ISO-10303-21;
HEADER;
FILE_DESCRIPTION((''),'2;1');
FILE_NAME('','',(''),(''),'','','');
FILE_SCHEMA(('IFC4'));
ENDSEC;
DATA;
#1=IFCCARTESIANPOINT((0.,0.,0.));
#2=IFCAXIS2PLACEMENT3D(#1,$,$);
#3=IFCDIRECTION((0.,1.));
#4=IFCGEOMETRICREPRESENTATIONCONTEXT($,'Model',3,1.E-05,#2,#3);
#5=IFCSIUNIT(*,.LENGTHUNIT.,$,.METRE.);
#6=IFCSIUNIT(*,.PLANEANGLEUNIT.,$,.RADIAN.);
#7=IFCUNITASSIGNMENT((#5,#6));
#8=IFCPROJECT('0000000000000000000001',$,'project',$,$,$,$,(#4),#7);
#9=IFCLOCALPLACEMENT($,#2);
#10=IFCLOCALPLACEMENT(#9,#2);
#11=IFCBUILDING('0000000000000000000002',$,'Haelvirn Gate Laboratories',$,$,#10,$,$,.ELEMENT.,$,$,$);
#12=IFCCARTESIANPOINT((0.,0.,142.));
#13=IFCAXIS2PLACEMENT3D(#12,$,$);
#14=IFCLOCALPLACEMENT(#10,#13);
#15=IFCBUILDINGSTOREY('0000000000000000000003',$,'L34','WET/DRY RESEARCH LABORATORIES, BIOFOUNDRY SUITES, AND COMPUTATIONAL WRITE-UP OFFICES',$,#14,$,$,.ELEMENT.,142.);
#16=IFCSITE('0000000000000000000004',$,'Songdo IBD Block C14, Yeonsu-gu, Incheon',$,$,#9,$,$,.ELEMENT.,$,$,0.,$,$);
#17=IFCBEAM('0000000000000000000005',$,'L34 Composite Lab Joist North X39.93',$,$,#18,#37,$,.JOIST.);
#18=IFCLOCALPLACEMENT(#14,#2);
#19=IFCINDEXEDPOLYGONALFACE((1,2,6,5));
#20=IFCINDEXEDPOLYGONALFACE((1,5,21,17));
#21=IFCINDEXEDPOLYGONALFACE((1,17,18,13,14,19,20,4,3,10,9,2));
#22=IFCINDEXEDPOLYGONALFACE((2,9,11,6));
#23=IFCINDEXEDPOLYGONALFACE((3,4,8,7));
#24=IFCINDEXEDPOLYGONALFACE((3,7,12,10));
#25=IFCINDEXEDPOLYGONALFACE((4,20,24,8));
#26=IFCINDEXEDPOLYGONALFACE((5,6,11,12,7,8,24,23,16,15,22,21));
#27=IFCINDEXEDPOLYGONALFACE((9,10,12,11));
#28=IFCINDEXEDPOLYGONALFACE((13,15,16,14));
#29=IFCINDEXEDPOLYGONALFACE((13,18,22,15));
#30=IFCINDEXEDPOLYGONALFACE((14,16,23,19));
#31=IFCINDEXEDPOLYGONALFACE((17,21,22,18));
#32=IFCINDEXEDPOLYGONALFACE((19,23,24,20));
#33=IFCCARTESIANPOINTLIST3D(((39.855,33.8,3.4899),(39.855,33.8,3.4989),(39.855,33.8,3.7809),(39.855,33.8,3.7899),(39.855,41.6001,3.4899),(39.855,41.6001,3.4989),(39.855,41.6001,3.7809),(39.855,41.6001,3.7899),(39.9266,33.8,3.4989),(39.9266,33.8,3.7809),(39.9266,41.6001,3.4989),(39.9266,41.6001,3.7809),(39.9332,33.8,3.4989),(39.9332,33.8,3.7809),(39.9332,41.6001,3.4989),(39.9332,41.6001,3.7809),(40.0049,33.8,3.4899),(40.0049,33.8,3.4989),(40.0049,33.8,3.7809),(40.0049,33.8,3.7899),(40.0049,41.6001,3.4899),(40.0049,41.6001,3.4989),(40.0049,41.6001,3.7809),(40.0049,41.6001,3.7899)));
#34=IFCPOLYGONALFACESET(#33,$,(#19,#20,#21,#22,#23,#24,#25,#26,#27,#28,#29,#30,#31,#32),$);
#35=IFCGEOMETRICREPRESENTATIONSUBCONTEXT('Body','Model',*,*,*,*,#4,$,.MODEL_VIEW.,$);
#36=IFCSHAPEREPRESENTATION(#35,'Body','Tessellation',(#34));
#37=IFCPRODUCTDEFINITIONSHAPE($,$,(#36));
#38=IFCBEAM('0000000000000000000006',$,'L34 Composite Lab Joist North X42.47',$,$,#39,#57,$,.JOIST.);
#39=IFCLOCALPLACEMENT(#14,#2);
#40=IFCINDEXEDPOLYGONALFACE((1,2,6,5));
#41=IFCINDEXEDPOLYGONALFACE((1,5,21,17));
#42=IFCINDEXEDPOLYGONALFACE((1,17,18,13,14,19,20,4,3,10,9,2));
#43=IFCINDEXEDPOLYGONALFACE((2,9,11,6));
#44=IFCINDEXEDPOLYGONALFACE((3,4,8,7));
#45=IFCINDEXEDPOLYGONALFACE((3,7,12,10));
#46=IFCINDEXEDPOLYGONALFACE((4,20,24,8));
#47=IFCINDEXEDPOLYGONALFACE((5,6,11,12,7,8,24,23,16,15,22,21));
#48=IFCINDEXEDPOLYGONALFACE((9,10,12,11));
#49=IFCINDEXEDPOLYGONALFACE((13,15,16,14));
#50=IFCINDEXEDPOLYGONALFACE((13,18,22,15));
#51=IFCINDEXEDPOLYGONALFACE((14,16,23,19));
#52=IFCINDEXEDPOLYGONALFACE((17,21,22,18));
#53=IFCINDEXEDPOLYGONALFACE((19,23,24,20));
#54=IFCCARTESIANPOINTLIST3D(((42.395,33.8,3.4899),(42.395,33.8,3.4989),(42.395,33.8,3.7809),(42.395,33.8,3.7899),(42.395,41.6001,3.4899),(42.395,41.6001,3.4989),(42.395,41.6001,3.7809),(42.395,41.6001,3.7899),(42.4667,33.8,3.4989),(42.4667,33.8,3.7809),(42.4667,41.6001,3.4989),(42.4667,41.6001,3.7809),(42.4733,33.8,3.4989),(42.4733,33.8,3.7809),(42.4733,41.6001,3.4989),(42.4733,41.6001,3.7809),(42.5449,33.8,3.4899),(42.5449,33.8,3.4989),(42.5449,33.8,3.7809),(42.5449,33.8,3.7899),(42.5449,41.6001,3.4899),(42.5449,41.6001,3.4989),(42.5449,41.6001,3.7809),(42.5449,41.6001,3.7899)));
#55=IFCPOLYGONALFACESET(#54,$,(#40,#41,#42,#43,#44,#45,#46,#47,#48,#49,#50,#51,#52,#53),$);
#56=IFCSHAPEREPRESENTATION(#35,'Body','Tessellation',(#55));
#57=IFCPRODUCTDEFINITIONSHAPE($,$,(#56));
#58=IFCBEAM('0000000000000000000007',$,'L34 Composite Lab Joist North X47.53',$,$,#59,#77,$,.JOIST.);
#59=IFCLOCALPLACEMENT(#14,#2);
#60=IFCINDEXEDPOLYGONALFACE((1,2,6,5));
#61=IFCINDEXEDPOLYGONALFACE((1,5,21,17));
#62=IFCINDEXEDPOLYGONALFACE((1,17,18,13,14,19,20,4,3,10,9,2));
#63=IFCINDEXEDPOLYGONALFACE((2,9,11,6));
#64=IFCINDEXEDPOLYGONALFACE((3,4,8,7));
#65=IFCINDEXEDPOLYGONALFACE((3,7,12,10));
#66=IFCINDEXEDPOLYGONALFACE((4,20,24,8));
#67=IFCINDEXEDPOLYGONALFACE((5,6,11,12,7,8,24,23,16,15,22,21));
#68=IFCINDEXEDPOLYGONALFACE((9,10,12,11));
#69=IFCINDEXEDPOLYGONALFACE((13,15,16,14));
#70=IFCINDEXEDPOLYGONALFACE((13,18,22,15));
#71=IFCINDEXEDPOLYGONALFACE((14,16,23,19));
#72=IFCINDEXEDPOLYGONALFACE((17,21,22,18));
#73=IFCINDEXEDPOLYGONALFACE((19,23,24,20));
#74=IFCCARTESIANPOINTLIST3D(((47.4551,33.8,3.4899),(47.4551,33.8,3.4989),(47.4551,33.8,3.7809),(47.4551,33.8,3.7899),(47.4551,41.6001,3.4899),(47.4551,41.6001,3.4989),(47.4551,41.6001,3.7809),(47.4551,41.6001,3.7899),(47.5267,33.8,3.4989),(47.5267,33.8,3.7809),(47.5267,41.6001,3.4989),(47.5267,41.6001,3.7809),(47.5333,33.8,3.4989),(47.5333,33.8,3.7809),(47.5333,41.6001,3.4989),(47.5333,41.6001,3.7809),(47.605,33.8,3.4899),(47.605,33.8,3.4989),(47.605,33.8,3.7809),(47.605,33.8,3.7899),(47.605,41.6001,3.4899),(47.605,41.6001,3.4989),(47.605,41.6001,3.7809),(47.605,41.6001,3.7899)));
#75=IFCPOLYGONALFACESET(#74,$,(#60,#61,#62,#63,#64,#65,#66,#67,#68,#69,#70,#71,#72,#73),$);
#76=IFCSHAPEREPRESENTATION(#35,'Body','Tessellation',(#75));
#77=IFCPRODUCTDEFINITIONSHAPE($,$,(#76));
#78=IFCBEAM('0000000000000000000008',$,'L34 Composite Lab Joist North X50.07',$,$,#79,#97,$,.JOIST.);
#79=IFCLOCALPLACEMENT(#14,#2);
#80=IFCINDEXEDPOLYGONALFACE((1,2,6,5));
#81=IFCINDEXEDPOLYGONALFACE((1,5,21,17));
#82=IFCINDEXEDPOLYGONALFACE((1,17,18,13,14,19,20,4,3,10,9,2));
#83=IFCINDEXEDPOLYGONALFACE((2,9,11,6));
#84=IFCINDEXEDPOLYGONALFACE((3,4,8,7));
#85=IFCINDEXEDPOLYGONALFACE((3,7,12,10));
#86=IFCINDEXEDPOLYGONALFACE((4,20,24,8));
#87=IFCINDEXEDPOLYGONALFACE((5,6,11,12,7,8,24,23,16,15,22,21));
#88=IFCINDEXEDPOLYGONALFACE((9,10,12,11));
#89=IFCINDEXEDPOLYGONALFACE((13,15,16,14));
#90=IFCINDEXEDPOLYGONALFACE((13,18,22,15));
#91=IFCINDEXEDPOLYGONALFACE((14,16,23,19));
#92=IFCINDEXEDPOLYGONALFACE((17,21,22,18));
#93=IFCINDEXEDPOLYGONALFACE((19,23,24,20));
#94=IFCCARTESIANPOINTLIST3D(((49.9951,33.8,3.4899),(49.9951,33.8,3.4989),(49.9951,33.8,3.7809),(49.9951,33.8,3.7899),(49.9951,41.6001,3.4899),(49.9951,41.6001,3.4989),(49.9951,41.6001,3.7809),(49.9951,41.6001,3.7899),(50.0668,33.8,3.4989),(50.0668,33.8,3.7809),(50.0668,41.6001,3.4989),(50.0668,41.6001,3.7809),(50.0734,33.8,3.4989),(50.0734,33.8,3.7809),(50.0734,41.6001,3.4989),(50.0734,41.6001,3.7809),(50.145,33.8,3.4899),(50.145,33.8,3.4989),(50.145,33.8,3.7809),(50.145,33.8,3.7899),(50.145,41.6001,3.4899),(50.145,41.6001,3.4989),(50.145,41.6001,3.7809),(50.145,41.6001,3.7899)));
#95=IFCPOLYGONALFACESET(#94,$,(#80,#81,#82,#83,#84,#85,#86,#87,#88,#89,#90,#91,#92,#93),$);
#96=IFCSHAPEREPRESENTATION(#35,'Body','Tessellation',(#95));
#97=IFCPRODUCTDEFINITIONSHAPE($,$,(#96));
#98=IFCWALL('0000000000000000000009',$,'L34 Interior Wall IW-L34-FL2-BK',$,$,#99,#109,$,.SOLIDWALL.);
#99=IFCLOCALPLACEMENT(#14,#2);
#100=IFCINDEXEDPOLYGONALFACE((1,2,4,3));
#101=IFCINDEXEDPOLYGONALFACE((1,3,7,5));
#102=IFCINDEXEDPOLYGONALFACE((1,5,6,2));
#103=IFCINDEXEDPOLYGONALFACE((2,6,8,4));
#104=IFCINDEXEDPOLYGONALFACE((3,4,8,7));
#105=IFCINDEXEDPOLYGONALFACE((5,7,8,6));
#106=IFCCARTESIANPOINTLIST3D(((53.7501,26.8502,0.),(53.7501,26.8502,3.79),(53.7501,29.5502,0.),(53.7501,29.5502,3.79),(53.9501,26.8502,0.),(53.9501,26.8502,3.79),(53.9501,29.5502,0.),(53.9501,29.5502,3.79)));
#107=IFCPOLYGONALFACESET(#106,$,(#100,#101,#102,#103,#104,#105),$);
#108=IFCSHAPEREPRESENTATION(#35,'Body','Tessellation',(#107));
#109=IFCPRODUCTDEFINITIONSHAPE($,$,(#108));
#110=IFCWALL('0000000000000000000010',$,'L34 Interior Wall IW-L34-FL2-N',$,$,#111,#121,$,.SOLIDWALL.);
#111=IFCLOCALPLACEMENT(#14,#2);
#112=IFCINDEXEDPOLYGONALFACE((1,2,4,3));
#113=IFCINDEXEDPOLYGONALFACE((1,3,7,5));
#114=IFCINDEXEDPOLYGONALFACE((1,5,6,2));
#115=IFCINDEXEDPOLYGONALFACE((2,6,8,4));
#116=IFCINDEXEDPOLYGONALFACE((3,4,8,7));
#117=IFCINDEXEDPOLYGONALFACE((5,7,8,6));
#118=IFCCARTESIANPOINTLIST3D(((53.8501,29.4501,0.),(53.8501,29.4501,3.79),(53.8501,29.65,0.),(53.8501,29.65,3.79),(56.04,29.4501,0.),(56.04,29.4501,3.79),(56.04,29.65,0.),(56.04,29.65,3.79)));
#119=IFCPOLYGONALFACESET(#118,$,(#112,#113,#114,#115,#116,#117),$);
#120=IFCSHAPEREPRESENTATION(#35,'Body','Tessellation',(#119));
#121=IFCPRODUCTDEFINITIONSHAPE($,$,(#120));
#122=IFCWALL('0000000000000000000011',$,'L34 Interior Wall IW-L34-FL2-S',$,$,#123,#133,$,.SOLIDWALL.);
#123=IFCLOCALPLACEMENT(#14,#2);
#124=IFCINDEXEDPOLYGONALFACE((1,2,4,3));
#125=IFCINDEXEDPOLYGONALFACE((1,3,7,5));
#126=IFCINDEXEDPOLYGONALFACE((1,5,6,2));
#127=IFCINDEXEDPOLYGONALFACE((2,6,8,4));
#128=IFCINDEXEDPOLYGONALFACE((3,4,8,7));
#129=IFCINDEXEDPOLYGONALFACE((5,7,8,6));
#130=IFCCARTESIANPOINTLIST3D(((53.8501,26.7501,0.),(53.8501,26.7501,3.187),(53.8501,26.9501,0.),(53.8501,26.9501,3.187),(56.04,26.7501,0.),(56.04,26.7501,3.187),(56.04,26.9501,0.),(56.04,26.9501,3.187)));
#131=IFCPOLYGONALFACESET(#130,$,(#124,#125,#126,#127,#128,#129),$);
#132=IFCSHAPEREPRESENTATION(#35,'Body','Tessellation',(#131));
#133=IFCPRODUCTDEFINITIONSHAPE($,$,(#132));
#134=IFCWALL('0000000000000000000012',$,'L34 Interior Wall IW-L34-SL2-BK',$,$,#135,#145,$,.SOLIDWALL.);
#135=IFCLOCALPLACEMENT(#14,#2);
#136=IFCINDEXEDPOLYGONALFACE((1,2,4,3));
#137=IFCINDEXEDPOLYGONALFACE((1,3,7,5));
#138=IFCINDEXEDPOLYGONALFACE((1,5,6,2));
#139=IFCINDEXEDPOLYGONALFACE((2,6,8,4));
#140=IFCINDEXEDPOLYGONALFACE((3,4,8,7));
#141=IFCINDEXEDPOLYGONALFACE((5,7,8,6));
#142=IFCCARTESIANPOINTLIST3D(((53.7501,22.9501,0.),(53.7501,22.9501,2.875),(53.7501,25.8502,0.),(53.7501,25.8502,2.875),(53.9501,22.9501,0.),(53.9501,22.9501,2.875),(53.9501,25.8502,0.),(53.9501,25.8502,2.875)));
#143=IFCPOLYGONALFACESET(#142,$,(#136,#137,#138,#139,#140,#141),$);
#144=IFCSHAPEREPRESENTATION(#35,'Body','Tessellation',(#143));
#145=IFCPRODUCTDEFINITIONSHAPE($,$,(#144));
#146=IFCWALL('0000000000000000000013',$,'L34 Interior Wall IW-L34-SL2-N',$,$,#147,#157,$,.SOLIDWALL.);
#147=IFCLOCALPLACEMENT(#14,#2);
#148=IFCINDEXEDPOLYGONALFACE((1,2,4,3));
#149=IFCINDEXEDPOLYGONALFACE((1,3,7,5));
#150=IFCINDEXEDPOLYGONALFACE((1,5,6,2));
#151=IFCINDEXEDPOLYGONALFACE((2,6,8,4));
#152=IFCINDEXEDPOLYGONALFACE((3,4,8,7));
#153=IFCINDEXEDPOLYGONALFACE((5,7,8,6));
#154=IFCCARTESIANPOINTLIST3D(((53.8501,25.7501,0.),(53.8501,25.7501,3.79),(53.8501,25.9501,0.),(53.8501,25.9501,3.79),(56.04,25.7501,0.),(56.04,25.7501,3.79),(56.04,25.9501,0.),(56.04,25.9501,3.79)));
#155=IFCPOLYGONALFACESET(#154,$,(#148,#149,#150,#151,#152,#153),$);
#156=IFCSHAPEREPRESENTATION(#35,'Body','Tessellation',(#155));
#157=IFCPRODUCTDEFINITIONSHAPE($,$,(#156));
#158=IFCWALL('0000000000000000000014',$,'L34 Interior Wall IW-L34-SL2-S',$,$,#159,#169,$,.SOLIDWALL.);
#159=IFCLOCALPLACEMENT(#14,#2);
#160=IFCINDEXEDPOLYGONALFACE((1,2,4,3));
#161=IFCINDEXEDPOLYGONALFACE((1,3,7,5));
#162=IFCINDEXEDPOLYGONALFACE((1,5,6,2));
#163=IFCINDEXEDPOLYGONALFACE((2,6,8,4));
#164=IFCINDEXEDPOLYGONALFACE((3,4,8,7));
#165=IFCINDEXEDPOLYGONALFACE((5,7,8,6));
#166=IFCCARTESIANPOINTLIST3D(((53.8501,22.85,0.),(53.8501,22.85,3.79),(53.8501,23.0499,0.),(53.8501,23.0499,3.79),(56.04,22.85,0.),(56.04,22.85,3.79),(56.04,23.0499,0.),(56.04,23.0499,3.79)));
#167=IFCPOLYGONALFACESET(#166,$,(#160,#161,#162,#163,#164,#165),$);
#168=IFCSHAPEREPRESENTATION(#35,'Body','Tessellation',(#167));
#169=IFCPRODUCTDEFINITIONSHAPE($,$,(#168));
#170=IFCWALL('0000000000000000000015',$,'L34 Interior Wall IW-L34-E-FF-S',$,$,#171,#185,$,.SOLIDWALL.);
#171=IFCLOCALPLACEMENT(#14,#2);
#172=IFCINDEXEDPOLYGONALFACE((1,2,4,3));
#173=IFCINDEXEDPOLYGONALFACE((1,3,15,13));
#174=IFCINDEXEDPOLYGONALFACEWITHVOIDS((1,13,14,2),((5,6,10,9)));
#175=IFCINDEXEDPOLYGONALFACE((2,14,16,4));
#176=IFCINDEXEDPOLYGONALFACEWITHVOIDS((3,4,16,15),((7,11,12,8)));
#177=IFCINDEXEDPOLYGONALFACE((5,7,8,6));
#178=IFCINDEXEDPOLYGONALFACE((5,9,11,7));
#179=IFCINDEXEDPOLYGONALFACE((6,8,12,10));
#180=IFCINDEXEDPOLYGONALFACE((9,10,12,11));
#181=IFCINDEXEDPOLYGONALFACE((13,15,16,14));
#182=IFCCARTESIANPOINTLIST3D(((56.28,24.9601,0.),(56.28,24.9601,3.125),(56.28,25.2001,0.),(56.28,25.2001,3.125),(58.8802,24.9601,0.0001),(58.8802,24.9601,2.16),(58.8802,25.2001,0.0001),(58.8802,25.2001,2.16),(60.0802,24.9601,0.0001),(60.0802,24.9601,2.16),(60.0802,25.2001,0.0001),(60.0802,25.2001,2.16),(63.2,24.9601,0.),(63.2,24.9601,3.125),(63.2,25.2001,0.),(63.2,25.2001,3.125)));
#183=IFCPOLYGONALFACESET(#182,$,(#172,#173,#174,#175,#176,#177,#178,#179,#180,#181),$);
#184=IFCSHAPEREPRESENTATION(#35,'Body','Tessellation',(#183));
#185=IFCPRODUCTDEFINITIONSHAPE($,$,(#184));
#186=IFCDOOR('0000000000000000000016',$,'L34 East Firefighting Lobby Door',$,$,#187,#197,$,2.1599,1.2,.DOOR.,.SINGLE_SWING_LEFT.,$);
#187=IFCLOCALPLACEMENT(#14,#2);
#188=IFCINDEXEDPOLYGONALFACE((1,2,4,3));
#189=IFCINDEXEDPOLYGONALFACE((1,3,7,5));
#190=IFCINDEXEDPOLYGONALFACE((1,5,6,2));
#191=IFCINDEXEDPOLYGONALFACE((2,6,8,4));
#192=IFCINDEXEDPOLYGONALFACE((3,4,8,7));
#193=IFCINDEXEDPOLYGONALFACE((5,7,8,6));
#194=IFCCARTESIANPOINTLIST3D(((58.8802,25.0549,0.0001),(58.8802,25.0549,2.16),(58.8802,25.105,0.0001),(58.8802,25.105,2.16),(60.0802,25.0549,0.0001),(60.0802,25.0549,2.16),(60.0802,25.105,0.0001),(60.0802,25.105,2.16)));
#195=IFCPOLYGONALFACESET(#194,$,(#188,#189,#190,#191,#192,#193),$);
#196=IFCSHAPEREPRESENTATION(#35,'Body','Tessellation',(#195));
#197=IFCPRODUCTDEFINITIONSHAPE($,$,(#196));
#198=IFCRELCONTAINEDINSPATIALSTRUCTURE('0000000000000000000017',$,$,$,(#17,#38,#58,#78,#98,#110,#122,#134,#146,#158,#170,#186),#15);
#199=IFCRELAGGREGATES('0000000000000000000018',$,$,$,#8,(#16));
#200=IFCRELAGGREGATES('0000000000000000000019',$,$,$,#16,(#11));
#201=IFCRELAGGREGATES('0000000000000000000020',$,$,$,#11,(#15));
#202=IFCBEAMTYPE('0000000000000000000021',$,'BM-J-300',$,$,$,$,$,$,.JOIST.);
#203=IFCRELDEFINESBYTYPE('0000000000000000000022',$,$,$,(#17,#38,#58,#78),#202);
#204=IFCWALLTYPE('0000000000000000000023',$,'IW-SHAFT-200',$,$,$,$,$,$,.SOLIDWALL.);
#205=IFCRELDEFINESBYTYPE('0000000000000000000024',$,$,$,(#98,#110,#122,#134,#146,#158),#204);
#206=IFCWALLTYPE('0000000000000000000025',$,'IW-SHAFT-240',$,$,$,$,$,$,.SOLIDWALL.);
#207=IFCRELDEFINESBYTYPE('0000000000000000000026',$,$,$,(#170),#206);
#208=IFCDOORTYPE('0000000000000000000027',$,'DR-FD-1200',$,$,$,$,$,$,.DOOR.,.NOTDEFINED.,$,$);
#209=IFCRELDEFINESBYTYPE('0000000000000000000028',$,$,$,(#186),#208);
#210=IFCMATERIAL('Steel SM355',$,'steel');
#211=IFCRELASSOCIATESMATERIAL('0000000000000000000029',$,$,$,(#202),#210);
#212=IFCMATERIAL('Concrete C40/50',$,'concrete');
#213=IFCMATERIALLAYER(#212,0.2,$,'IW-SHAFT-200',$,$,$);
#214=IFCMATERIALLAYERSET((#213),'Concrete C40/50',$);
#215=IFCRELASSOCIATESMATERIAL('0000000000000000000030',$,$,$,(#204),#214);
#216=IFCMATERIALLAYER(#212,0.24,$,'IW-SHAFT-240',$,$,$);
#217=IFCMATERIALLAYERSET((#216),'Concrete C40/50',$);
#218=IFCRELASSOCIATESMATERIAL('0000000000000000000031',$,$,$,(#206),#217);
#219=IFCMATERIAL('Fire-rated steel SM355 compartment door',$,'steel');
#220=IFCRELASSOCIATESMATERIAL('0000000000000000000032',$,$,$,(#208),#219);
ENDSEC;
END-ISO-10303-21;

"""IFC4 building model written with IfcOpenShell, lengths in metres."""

from ifc_helpers import new_model, si_unit, direction, frame, frame_2d, origin, origin_2d, place, context, subcontext, project, spatial, rectangle, i_section, extrude, source, transform, mapped, material, layer, layer_set, material_profile, profile_set, type_object, type_shapes, element, fill, save


model = new_model("IFC4")

# Units and contexts
model_context = context("Model", 3, precision=1e-05, world=origin(), true_north=direction((0.0, 1.0)))
body_context = subcontext(model_context, "Body", "Model", "MODEL_VIEW")
ifc_project = project(units=[si_unit("LENGTHUNIT", "METRE"), si_unit("PLANEANGLEUNIT", "RADIAN")], contexts=[model_context])

# Site, building, storey
site_placement = place(None, origin())
site = spatial("IfcSite", under=ifc_project, at=site_placement, Name="Songdo IBD Block C14, Yeonsu-gu, Incheon", CompositionType="ELEMENT", RefElevation=0.0)
building_placement = place(site_placement, origin())
building = spatial("IfcBuilding", under=site, at=building_placement, Name="Haelvirn Gate Laboratories", CompositionType="ELEMENT")
storey_placement = place(building_placement, frame((0.0, 0.0, 142.0)))
storey = spatial("IfcBuildingStorey", under=building, at=storey_placement, Name="L34", Description="WET/DRY RESEARCH LABORATORIES, BIOFOUNDRY SUITES, AND COMPUTATIONAL WRITE-UP OFFICES", CompositionType="ELEMENT", Elevation=142.0)

# Shared definitions
ifc_material_1 = material(Name="Steel SM355", Category="steel")

# Beams
ifc_material_profile_1 = material_profile(ifc_material_1, i_section(OverallWidth=0.1499, OverallDepth=0.3, WebThickness=0.0066, FlangeThickness=0.009, at=origin_2d()), Name="H-300x150x6.5x9")
ifc_profile_set_1 = profile_set([ifc_material_profile_1], Name="Steel SM355")
beam_type_1 = type_object("IfcBeamType", Name="BM-J-300", PredefinedType="JOIST", material=ifc_profile_set_1)
shared_shape_1 = source(origin(), body_context, "Body", "SweptSolid", [
    extrude(i_section(OverallWidth=0.1499, OverallDepth=0.3, WebThickness=0.0066, FlangeThickness=0.009, at=origin_2d()), origin(), (0.0, 0.0, 1.0), 7.8),
])
type_shapes(beam_type_1, [shared_shape_1])
for number, where, z_axis, x_axis, name in (
    (1, (39.9299, 33.8, 3.6399), (0.0, 1.0, 0.0), (-1.0, 0.0, 0.0), "L34 Composite Lab Joist North X39.93"),
    (2, (42.47, 33.8, 3.6399), (0.0, 1.0, 0.0), (-1.0, 0.0, 0.0), "L34 Composite Lab Joist North X42.47"),
    (3, (47.53, 33.8, 3.6399), (0.0, 1.0, 0.0), (-1.0, 0.0, 0.0), "L34 Composite Lab Joist North X47.53"),
    (4, (50.0701, 33.8, 3.6399), (0.0, 1.0, 0.0), (-1.0, 0.0, 0.0), "L34 Composite Lab Joist North X50.07"),
):
    element("IfcBeam", number, at=place(storey_placement, frame(where, z_axis=z_axis, x_axis=x_axis)), inside=storey, type_object=beam_type_1, Name=name, PredefinedType="JOIST", context=body_context, shape_type="MappedRepresentation", body=[
        mapped(shared_shape_1, transform((0.0, 0.0, 0.0), scale=1.0)),
    ])

# Walls
ifc_material_2 = material(Name="Concrete C40/50", Category="concrete")
ifc_layer_1 = layer(ifc_material_2, 0.2, Name="IW-SHAFT-200")
ifc_layer_set_1 = layer_set([ifc_layer_1], Name="Concrete C40/50")
wall_type_1 = type_object("IfcWallType", Name="IW-SHAFT-200", PredefinedType="SOLIDWALL", material=ifc_layer_set_1)
wall_1_placement = place(storey_placement, frame((53.8501, 26.8501, 0.0), z_axis=(0.0, 0.0, 1.0), x_axis=(0.0, 1.0, 0.0)))
element("IfcWall", 5, at=wall_1_placement, inside=storey, type_object=wall_type_1, Name="L34 Interior Wall IW-L34-FL2-BK", PredefinedType="SOLIDWALL", context=body_context, shape_type="SweptSolid", body=[
    extrude(rectangle(XDim=2.7, YDim=0.2, at=frame_2d((1.3501, 0.0))), origin(), (0.0, 0.0, 1.0), 3.79),
])
wall_2_placement = place(storey_placement, frame((53.8501, 29.55, 0.0), z_axis=(0.0, 0.0, 1.0), x_axis=(1.0, 0.0, 0.0)))
element("IfcWall", 6, at=wall_2_placement, inside=storey, type_object=wall_type_1, Name="L34 Interior Wall IW-L34-FL2-N", PredefinedType="SOLIDWALL", context=body_context, shape_type="SweptSolid", body=[
    extrude(rectangle(XDim=2.1899, YDim=0.2, at=frame_2d((1.095, 0.0))), origin(), (0.0, 0.0, 1.0), 3.79),
])
wall_3_placement = place(storey_placement, frame((53.8501, 26.8501, 0.0), z_axis=(0.0, 0.0, 1.0), x_axis=(1.0, 0.0, 0.0)))
element("IfcWall", 7, at=wall_3_placement, inside=storey, type_object=wall_type_1, Name="L34 Interior Wall IW-L34-FL2-S", PredefinedType="SOLIDWALL", context=body_context, shape_type="SweptSolid", body=[
    extrude(rectangle(XDim=2.1899, YDim=0.2, at=frame_2d((1.095, 0.0))), origin(), (0.0, 0.0, 1.0), 3.187),
])
wall_4_placement = place(storey_placement, frame((53.8501, 22.95, 0.0), z_axis=(0.0, 0.0, 1.0), x_axis=(0.0, 1.0, 0.0)))
element("IfcWall", 8, at=wall_4_placement, inside=storey, type_object=wall_type_1, Name="L34 Interior Wall IW-L34-SL2-BK", PredefinedType="SOLIDWALL", context=body_context, shape_type="SweptSolid", body=[
    extrude(rectangle(XDim=2.9001, YDim=0.2, at=frame_2d((1.4502, 0.0))), origin(), (0.0, 0.0, 1.0), 2.875),
])
for number, where, z_axis, x_axis, name in (
    (9, (53.8501, 25.8501, 0.0), (0.0, 0.0, 1.0), (1.0, 0.0, 0.0), "L34 Interior Wall IW-L34-SL2-N"),
    (10, (53.8501, 22.95, 0.0), (0.0, 0.0, 1.0), (1.0, 0.0, 0.0), "L34 Interior Wall IW-L34-SL2-S"),
):
    element("IfcWall", number, at=place(storey_placement, frame(where, z_axis=z_axis, x_axis=x_axis)), inside=storey, type_object=wall_type_1, Name=name, PredefinedType="SOLIDWALL", context=body_context, shape_type="SweptSolid", body=[
        extrude(rectangle(XDim=2.1899, YDim=0.2, at=frame_2d((1.095, 0.0))), origin(), (0.0, 0.0, 1.0), 3.79),
    ])

# Wall, opening, door
ifc_layer_2 = layer(ifc_material_2, 0.24, Name="IW-SHAFT-240")
ifc_layer_set_2 = layer_set([ifc_layer_2], Name="Concrete C40/50")
wall_type_2 = type_object("IfcWallType", Name="IW-SHAFT-240", PredefinedType="SOLIDWALL", material=ifc_layer_set_2)
wall_5_placement = place(storey_placement, frame((56.28, 25.0801, 0.0), z_axis=(0.0, 0.0, 1.0), x_axis=(1.0, 0.0, 0.0)))
wall_5 = element("IfcWall", 11, at=wall_5_placement, inside=storey, type_object=wall_type_2, Name="L34 Interior Wall IW-L34-E-FF-S", PredefinedType="SOLIDWALL", context=body_context, shape_type="SweptSolid", body=[
    extrude(rectangle(XDim=6.9199, YDim=0.24, at=frame_2d((3.46, 0.0))), origin(), (0.0, 0.0, 1.0), 3.125),
])
opening_1_placement = place(wall_5_placement, frame((2.6001, 0.0, 0.0)))
opening_1 = element("IfcOpeningElement", 12, at=opening_1_placement, cuts=wall_5, PredefinedType="OPENING", context=body_context, shape_type="SweptSolid", body=[
    extrude(rectangle(XDim=1.2, YDim=2.1599, at=frame_2d((0.6001, 1.0801))), frame((0.0, 0.1299, 0.0), z_axis=(0.0, -1.0, 0.0), x_axis=(1.0, 0.0, 0.0)), (0.0, 0.0, 1.0), 0.26),
])
ifc_material_3 = material(Name="Fire-rated steel SM355 compartment door", Category="steel")
door_type_1 = type_object("IfcDoorType", Name="DR-FD-1200", OperationType="NOTDEFINED", PredefinedType="DOOR", material=ifc_material_3)
shared_shape_2 = source(origin(), body_context, "Body", "SweptSolid", [
    extrude(rectangle(XDim=1.2, YDim=2.1599, at=frame_2d((0.6001, 1.0801))), frame((0.0, 0.0249, 0.0), z_axis=(0.0, -1.0, 0.0), x_axis=(1.0, 0.0, 0.0)), (0.0, 0.0, 1.0), 0.05),
])
type_shapes(door_type_1, [shared_shape_2])
door_1_placement = place(opening_1_placement, origin())
door_1 = element("IfcDoor", 13, at=door_1_placement, inside=storey, type_object=door_type_1, Name="L34 East Firefighting Lobby Door", OperationType="SINGLE_SWING_LEFT", OverallHeight=2.1599, OverallWidth=1.2, PredefinedType="DOOR", context=body_context, shape_type="MappedRepresentation", body=[
    mapped(shared_shape_2, transform((0.0, 0.0, 0.0), scale=1.0)),
])
fill(opening_1, door_1)

save(model, "model.ifc")
